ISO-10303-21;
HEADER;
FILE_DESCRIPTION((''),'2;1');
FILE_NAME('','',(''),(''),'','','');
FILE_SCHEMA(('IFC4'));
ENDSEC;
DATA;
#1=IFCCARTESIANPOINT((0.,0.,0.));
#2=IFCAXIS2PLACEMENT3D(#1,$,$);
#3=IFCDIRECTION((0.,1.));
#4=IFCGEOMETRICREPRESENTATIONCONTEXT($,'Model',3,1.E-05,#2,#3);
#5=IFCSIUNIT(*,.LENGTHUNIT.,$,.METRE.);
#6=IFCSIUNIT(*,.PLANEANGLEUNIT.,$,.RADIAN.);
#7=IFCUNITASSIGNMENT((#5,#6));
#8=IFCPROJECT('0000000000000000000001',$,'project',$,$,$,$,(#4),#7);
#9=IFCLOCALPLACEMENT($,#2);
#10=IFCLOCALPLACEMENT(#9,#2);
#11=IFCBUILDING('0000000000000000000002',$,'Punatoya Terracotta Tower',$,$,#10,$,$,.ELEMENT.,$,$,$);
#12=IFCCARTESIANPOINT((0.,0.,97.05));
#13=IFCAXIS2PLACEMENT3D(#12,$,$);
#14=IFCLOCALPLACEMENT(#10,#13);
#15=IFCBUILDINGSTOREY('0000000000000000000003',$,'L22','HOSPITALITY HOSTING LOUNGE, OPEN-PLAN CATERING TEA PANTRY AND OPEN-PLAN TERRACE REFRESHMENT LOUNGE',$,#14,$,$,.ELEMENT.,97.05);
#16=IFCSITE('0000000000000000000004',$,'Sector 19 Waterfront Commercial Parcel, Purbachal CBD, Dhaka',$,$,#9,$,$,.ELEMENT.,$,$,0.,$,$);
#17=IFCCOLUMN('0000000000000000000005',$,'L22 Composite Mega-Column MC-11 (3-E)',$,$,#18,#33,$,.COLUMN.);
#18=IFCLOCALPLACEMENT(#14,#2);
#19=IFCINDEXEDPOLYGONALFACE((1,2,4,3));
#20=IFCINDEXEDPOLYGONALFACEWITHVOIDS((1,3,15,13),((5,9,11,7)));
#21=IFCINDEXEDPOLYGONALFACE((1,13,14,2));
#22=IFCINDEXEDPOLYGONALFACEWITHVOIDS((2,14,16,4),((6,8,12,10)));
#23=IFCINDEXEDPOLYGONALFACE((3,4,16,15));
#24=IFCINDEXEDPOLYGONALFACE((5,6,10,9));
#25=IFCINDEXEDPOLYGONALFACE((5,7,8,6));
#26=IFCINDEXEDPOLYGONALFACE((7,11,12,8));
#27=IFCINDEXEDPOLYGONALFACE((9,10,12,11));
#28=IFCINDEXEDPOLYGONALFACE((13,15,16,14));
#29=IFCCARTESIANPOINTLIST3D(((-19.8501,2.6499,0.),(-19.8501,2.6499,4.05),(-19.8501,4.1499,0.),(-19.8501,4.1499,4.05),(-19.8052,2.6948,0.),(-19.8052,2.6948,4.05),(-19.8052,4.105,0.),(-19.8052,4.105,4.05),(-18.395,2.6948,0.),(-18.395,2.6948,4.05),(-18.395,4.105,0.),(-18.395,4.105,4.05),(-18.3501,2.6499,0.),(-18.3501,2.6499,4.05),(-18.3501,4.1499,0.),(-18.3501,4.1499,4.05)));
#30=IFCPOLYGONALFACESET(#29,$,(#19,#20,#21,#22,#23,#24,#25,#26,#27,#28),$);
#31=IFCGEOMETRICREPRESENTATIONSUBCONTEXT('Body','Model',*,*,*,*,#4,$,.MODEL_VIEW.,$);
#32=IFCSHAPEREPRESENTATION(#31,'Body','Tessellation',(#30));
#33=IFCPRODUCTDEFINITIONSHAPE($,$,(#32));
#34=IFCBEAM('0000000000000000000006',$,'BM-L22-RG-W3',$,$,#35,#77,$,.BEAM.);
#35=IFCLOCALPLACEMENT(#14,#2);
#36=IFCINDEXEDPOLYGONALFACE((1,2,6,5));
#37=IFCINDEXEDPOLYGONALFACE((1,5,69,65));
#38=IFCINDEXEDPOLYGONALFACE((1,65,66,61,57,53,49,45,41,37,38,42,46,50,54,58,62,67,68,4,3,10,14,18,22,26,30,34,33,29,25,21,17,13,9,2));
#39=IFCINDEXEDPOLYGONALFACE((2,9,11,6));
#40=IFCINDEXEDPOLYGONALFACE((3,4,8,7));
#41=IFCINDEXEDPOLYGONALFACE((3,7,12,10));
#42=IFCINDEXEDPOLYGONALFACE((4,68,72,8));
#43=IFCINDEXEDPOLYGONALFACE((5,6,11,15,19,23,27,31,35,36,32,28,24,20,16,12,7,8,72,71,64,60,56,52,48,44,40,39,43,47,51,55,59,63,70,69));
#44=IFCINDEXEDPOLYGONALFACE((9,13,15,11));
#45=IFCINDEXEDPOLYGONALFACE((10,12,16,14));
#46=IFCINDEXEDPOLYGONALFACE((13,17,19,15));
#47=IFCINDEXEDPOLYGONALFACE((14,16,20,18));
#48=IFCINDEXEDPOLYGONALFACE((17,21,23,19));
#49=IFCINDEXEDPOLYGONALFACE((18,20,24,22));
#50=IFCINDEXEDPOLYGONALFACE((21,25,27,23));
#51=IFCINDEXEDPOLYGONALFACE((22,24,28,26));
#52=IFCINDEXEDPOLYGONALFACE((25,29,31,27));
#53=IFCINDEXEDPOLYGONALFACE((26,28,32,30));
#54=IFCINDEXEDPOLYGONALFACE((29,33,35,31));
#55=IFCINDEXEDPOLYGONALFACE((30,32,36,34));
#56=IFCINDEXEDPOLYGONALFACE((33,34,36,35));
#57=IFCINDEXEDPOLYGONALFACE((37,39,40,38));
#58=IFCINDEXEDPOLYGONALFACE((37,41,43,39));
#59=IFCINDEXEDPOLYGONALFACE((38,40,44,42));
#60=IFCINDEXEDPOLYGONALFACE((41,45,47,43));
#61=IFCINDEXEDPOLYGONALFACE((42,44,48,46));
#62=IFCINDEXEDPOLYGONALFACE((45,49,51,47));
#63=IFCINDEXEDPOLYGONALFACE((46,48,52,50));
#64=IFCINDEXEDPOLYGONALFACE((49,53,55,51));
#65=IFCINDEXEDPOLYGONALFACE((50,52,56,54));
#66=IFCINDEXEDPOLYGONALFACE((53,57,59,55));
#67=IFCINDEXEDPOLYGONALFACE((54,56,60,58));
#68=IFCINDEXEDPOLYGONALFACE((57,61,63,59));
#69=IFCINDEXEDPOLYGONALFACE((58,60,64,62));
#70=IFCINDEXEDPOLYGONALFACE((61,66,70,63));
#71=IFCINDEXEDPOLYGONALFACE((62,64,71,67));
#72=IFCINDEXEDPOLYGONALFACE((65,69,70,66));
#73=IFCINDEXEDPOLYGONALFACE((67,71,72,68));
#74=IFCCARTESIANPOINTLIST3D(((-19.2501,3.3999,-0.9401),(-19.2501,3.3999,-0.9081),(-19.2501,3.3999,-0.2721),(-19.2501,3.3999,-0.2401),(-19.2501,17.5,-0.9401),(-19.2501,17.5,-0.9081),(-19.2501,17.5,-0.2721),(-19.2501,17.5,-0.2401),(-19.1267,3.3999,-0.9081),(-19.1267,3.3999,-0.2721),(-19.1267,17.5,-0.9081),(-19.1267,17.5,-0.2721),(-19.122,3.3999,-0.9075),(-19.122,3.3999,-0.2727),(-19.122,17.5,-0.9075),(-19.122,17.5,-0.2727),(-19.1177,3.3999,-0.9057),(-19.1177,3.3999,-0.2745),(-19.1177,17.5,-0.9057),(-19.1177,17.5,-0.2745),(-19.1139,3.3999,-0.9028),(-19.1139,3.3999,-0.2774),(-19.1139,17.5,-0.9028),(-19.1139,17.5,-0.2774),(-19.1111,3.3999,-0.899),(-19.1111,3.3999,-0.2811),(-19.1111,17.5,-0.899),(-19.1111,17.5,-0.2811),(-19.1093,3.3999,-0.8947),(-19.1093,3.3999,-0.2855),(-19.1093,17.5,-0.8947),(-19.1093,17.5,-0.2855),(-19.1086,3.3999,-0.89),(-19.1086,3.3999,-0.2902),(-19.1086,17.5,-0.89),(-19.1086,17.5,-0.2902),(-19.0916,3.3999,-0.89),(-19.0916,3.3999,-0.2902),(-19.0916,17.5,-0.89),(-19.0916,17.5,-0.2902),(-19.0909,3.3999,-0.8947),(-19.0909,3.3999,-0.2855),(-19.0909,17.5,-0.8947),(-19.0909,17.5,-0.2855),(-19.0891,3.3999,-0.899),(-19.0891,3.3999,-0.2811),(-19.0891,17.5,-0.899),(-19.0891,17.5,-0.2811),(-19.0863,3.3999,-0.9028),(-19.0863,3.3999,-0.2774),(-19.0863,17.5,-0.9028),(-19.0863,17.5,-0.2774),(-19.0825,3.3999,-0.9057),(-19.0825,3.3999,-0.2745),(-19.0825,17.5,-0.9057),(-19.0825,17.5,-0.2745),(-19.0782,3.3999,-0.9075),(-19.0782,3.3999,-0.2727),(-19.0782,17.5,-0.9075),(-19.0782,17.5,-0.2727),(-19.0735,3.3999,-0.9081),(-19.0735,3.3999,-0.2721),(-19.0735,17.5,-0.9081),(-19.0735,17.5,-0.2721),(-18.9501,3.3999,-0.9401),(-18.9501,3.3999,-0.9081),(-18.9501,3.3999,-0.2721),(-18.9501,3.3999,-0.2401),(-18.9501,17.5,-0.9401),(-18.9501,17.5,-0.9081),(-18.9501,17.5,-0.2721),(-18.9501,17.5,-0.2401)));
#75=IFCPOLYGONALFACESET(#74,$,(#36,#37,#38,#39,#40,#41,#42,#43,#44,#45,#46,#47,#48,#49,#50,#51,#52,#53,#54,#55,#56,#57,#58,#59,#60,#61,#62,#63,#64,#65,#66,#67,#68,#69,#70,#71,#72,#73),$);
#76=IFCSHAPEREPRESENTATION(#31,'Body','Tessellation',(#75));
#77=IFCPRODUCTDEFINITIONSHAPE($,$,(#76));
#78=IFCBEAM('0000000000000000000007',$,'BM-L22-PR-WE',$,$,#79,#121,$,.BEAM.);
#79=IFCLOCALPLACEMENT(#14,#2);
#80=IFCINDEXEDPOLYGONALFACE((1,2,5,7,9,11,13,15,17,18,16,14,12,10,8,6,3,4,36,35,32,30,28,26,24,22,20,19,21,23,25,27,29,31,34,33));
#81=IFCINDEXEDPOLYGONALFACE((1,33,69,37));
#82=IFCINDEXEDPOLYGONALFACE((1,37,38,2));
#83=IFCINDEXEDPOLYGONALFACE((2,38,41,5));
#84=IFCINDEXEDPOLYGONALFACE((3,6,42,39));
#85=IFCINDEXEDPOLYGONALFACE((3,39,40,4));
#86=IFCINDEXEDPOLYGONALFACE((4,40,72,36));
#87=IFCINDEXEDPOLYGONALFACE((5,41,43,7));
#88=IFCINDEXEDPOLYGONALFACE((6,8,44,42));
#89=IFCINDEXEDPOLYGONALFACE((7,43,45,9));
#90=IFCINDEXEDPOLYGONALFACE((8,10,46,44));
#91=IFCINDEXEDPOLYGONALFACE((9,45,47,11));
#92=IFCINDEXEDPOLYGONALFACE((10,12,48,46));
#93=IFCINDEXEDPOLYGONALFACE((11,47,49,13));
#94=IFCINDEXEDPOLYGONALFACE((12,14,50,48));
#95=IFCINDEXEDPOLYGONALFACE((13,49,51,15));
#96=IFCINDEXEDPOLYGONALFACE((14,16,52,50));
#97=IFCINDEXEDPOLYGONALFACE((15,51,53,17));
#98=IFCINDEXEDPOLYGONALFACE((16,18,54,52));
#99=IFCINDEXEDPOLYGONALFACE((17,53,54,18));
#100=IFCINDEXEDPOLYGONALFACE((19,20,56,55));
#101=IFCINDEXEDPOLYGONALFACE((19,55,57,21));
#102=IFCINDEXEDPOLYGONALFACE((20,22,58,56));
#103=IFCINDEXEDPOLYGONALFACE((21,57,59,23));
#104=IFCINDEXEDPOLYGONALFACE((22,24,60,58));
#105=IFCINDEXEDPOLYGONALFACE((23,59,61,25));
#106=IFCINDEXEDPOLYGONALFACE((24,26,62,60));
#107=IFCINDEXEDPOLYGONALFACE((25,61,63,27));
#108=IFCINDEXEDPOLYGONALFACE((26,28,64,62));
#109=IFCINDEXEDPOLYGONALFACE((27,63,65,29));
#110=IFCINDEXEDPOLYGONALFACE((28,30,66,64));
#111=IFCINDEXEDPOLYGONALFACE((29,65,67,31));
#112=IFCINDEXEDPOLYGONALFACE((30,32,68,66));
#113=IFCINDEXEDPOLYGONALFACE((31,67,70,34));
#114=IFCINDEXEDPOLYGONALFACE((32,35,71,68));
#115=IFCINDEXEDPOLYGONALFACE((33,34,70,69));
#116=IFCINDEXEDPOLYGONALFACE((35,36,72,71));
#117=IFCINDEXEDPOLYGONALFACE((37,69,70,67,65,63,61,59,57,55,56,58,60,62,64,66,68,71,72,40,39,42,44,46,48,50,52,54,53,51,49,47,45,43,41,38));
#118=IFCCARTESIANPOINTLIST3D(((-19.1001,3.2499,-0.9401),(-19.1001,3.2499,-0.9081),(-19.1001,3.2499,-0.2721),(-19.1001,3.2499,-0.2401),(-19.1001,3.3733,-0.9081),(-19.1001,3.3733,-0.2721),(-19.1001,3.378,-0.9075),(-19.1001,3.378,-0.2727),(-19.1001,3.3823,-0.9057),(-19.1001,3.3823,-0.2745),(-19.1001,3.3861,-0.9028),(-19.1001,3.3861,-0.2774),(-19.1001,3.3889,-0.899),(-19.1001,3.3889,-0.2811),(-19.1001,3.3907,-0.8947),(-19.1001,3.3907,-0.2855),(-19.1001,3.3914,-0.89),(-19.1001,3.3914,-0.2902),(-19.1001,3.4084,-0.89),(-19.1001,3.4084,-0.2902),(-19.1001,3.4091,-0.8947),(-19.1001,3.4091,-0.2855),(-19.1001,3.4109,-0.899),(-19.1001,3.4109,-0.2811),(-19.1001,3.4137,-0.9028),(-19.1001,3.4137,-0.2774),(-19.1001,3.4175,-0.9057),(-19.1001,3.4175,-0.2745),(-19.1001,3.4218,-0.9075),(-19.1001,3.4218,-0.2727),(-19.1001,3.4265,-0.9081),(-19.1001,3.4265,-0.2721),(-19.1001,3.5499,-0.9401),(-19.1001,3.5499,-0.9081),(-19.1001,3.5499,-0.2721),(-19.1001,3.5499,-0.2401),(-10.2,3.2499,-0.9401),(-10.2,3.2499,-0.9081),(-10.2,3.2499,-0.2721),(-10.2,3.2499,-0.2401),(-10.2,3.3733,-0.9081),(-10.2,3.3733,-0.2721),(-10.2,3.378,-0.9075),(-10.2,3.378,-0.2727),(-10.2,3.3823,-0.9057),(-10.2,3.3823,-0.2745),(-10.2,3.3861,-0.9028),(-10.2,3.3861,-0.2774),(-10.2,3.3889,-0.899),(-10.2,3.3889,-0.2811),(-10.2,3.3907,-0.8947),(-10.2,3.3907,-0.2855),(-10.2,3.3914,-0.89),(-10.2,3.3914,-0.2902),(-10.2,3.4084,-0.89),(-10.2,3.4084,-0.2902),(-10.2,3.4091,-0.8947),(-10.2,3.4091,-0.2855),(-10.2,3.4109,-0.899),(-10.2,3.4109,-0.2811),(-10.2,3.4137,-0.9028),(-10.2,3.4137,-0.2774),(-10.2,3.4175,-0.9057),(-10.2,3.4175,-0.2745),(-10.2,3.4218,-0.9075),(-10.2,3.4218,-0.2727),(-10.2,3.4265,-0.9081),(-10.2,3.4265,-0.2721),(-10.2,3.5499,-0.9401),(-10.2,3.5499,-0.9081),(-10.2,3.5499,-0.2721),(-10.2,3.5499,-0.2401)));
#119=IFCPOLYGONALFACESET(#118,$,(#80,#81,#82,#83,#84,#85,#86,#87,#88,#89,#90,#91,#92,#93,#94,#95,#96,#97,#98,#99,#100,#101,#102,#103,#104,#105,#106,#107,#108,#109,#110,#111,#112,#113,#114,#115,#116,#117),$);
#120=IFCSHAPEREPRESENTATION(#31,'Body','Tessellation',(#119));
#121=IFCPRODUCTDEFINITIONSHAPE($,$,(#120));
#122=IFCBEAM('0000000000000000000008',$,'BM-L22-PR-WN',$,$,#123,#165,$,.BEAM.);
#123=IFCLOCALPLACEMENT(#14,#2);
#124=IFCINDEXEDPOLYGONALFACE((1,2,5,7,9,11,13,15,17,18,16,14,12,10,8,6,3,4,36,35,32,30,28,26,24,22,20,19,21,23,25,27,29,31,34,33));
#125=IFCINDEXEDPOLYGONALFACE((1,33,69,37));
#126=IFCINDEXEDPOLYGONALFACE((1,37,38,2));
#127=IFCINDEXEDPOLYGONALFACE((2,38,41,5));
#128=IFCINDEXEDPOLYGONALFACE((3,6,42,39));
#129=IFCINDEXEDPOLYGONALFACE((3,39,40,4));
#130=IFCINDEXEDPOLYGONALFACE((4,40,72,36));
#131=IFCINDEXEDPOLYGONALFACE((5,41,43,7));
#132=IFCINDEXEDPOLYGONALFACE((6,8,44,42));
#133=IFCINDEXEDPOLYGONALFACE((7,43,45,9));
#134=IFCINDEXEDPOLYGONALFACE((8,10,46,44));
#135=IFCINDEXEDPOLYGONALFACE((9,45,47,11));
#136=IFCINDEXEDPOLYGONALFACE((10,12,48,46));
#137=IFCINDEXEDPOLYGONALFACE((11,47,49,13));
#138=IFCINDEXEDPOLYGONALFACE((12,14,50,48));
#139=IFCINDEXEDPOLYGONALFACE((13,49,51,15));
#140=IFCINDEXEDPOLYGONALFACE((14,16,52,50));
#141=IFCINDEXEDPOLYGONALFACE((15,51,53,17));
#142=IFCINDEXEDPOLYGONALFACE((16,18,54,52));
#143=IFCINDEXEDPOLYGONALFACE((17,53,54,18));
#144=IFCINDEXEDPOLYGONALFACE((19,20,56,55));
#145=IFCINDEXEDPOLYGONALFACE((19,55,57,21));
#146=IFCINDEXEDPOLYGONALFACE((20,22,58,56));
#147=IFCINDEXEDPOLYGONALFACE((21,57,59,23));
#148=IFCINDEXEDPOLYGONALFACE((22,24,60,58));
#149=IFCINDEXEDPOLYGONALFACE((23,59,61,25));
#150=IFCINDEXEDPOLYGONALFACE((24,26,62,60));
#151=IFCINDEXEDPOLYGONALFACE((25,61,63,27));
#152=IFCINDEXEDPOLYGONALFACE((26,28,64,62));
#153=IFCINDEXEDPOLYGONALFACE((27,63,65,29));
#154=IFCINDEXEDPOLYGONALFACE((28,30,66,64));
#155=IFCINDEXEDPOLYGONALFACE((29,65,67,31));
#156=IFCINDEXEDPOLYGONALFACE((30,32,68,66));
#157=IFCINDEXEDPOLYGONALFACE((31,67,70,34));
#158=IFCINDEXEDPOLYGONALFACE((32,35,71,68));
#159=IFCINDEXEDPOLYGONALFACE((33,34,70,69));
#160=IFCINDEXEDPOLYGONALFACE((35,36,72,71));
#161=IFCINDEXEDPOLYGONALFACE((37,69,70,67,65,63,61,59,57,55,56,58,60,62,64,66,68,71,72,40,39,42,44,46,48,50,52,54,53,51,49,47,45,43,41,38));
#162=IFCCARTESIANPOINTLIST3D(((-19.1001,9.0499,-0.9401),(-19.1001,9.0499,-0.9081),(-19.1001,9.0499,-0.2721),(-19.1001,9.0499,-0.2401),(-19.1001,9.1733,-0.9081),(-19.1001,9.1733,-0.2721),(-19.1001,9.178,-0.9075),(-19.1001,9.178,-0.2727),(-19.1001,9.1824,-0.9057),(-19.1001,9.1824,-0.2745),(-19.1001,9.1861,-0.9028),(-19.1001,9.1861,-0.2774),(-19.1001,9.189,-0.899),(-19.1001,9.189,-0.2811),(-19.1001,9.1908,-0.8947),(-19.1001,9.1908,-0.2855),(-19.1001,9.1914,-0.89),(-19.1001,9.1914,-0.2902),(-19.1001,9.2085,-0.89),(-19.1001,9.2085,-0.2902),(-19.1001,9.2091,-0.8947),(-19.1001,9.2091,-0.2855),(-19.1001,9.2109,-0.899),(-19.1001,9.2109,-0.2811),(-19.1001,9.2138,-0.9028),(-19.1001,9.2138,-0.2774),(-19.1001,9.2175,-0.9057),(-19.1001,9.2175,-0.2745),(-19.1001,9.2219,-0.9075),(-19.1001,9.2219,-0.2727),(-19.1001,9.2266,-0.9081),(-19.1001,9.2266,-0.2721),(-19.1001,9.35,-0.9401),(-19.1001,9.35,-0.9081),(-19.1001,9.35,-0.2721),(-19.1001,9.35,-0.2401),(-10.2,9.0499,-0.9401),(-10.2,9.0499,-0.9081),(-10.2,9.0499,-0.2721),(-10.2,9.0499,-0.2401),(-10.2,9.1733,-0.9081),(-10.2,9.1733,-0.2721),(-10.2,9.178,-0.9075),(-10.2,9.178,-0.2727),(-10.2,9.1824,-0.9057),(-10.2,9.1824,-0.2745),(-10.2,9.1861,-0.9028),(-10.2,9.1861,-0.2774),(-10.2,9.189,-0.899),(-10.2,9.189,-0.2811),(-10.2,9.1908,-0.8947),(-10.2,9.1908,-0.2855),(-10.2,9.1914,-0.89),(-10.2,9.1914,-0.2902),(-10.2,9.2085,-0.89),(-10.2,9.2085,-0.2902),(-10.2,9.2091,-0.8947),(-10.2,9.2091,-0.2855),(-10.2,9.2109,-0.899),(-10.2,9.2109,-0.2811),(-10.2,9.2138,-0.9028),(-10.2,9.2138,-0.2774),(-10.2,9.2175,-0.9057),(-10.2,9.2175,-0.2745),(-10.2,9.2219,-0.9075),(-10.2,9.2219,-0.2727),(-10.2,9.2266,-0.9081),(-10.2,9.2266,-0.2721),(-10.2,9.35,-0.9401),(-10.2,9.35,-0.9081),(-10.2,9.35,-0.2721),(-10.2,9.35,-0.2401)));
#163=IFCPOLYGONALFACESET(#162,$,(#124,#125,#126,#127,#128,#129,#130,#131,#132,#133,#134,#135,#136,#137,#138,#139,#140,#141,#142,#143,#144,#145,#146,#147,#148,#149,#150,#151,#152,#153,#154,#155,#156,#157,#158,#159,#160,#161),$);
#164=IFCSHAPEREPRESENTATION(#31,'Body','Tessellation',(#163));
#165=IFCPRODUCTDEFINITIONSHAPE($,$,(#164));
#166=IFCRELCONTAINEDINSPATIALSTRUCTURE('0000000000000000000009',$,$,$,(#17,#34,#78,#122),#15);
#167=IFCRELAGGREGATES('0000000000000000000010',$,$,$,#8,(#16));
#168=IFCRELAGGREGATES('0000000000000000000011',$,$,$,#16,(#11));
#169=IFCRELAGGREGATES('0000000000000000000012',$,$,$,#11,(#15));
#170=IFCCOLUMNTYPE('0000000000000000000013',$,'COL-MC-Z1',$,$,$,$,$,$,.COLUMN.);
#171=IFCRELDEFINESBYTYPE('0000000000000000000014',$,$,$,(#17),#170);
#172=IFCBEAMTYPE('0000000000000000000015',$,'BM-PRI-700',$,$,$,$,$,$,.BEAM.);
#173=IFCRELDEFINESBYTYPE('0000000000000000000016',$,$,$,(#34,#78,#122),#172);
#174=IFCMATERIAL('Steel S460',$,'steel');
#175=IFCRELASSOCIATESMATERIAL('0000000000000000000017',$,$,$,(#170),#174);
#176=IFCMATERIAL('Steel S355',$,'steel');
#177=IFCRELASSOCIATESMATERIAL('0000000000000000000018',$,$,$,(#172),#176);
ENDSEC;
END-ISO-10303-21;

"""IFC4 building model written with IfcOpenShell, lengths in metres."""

from ifc_helpers import new_model, si_unit, direction, frame, origin, origin_2d, place, context, subcontext, project, spatial, hollow_rectangle, i_section, extrude, material, material_profile, profile_set, type_object, element, save


model = new_model("IFC4")

# Units and contexts
model_context = context("Model", 3, precision=1e-05, world=origin(), true_north=direction((0.0, 1.0)))
body_context = subcontext(model_context, "Body", "Model", "MODEL_VIEW")
ifc_project = project(units=[si_unit("LENGTHUNIT", "METRE"), si_unit("PLANEANGLEUNIT", "RADIAN")], contexts=[model_context])

# Site, building, storey
site_placement = place(None, origin())
site = spatial("IfcSite", under=ifc_project, at=site_placement, Name="Sector 19 Waterfront Commercial Parcel, Purbachal CBD, Dhaka", CompositionType="ELEMENT", RefElevation=0.0)
building_placement = place(site_placement, origin())
building = spatial("IfcBuilding", under=site, at=building_placement, Name="Punatoya Terracotta Tower", CompositionType="ELEMENT")
storey_placement = place(building_placement, frame((0.0, 0.0, 97.05)))
storey = spatial("IfcBuildingStorey", under=building, at=storey_placement, Name="L22", Description="HOSPITALITY HOSTING LOUNGE, OPEN-PLAN CATERING TEA PANTRY AND OPEN-PLAN TERRACE REFRESHMENT LOUNGE", CompositionType="ELEMENT", Elevation=97.05)

# Column
ifc_material_1 = material(Name="Steel S460", Category="steel")
ifc_material_profile_1 = material_profile(ifc_material_1, hollow_rectangle(XDim=1.5, YDim=1.5, WallThickness=0.0449, at=origin_2d()))
ifc_profile_set_1 = profile_set([ifc_material_profile_1], Name="Steel S460")
column_type = type_object("IfcColumnType", Name="COL-MC-Z1", PredefinedType="COLUMN", material=ifc_profile_set_1)
column_placement = place(storey_placement, frame((-19.1001, 3.3999, 0.0), z_axis=(0.0, 0.0, 1.0), x_axis=(1.0, 0.0, 0.0)))
element("IfcColumn", 1, at=column_placement, inside=storey, type_object=column_type, Name="L22 Composite Mega-Column MC-11 (3-E)", PredefinedType="COLUMN", context=body_context, shape_type="SweptSolid", body=[
    extrude(hollow_rectangle(XDim=1.5, YDim=1.5, WallThickness=0.0449, at=origin_2d()), origin(), (0.0, 0.0, 1.0), 4.05),
])

# Beams
ifc_material_2 = material(Name="Steel S355", Category="steel")
ifc_material_profile_2 = material_profile(ifc_material_2, i_section(OverallWidth=0.3, OverallDepth=0.7, WebThickness=0.0171, FlangeThickness=0.032, FilletRadius=0.0181, at=origin_2d()))
ifc_profile_set_2 = profile_set([ifc_material_profile_2], Name="Steel S355")
beam_type_1 = type_object("IfcBeamType", Name="BM-PRI-700", PredefinedType="BEAM", material=ifc_profile_set_2)
beam_1_placement = place(storey_placement, frame((-19.1001, 3.3999, -0.5901), z_axis=(0.0, 1.0, 0.0), x_axis=(-1.0, 0.0, 0.0)))
element("IfcBeam", 2, at=beam_1_placement, inside=storey, type_object=beam_type_1, Name="BM-L22-RG-W3", PredefinedType="BEAM", context=body_context, shape_type="SweptSolid", body=[
    extrude(i_section(OverallWidth=0.3, OverallDepth=0.7, WebThickness=0.0171, FlangeThickness=0.032, FilletRadius=0.0181, at=origin_2d()), origin(), (0.0, 0.0, 1.0), 14.1001),
])
for number, where, z_axis, x_axis, name in (
    (3, (-19.1001, 3.3999, -0.5901), (1.0, 0.0, 0.0), (0.0, 1.0, 0.0), "BM-L22-PR-WE"),
    (4, (-19.1001, 9.2, -0.5901), (1.0, 0.0, 0.0), (0.0, 1.0, 0.0), "BM-L22-PR-WN"),
):
    element("IfcBeam", number, at=place(storey_placement, frame(where, z_axis=z_axis, x_axis=x_axis)), inside=storey, type_object=beam_type_1, Name=name, PredefinedType="BEAM", context=body_context, shape_type="SweptSolid", body=[
        extrude(i_section(OverallWidth=0.3, OverallDepth=0.7, WebThickness=0.0171, FlangeThickness=0.032, FilletRadius=0.0181, at=origin_2d()), origin(), (0.0, 0.0, 1.0), 8.9001),
    ])

save(model, "model.ifc")
